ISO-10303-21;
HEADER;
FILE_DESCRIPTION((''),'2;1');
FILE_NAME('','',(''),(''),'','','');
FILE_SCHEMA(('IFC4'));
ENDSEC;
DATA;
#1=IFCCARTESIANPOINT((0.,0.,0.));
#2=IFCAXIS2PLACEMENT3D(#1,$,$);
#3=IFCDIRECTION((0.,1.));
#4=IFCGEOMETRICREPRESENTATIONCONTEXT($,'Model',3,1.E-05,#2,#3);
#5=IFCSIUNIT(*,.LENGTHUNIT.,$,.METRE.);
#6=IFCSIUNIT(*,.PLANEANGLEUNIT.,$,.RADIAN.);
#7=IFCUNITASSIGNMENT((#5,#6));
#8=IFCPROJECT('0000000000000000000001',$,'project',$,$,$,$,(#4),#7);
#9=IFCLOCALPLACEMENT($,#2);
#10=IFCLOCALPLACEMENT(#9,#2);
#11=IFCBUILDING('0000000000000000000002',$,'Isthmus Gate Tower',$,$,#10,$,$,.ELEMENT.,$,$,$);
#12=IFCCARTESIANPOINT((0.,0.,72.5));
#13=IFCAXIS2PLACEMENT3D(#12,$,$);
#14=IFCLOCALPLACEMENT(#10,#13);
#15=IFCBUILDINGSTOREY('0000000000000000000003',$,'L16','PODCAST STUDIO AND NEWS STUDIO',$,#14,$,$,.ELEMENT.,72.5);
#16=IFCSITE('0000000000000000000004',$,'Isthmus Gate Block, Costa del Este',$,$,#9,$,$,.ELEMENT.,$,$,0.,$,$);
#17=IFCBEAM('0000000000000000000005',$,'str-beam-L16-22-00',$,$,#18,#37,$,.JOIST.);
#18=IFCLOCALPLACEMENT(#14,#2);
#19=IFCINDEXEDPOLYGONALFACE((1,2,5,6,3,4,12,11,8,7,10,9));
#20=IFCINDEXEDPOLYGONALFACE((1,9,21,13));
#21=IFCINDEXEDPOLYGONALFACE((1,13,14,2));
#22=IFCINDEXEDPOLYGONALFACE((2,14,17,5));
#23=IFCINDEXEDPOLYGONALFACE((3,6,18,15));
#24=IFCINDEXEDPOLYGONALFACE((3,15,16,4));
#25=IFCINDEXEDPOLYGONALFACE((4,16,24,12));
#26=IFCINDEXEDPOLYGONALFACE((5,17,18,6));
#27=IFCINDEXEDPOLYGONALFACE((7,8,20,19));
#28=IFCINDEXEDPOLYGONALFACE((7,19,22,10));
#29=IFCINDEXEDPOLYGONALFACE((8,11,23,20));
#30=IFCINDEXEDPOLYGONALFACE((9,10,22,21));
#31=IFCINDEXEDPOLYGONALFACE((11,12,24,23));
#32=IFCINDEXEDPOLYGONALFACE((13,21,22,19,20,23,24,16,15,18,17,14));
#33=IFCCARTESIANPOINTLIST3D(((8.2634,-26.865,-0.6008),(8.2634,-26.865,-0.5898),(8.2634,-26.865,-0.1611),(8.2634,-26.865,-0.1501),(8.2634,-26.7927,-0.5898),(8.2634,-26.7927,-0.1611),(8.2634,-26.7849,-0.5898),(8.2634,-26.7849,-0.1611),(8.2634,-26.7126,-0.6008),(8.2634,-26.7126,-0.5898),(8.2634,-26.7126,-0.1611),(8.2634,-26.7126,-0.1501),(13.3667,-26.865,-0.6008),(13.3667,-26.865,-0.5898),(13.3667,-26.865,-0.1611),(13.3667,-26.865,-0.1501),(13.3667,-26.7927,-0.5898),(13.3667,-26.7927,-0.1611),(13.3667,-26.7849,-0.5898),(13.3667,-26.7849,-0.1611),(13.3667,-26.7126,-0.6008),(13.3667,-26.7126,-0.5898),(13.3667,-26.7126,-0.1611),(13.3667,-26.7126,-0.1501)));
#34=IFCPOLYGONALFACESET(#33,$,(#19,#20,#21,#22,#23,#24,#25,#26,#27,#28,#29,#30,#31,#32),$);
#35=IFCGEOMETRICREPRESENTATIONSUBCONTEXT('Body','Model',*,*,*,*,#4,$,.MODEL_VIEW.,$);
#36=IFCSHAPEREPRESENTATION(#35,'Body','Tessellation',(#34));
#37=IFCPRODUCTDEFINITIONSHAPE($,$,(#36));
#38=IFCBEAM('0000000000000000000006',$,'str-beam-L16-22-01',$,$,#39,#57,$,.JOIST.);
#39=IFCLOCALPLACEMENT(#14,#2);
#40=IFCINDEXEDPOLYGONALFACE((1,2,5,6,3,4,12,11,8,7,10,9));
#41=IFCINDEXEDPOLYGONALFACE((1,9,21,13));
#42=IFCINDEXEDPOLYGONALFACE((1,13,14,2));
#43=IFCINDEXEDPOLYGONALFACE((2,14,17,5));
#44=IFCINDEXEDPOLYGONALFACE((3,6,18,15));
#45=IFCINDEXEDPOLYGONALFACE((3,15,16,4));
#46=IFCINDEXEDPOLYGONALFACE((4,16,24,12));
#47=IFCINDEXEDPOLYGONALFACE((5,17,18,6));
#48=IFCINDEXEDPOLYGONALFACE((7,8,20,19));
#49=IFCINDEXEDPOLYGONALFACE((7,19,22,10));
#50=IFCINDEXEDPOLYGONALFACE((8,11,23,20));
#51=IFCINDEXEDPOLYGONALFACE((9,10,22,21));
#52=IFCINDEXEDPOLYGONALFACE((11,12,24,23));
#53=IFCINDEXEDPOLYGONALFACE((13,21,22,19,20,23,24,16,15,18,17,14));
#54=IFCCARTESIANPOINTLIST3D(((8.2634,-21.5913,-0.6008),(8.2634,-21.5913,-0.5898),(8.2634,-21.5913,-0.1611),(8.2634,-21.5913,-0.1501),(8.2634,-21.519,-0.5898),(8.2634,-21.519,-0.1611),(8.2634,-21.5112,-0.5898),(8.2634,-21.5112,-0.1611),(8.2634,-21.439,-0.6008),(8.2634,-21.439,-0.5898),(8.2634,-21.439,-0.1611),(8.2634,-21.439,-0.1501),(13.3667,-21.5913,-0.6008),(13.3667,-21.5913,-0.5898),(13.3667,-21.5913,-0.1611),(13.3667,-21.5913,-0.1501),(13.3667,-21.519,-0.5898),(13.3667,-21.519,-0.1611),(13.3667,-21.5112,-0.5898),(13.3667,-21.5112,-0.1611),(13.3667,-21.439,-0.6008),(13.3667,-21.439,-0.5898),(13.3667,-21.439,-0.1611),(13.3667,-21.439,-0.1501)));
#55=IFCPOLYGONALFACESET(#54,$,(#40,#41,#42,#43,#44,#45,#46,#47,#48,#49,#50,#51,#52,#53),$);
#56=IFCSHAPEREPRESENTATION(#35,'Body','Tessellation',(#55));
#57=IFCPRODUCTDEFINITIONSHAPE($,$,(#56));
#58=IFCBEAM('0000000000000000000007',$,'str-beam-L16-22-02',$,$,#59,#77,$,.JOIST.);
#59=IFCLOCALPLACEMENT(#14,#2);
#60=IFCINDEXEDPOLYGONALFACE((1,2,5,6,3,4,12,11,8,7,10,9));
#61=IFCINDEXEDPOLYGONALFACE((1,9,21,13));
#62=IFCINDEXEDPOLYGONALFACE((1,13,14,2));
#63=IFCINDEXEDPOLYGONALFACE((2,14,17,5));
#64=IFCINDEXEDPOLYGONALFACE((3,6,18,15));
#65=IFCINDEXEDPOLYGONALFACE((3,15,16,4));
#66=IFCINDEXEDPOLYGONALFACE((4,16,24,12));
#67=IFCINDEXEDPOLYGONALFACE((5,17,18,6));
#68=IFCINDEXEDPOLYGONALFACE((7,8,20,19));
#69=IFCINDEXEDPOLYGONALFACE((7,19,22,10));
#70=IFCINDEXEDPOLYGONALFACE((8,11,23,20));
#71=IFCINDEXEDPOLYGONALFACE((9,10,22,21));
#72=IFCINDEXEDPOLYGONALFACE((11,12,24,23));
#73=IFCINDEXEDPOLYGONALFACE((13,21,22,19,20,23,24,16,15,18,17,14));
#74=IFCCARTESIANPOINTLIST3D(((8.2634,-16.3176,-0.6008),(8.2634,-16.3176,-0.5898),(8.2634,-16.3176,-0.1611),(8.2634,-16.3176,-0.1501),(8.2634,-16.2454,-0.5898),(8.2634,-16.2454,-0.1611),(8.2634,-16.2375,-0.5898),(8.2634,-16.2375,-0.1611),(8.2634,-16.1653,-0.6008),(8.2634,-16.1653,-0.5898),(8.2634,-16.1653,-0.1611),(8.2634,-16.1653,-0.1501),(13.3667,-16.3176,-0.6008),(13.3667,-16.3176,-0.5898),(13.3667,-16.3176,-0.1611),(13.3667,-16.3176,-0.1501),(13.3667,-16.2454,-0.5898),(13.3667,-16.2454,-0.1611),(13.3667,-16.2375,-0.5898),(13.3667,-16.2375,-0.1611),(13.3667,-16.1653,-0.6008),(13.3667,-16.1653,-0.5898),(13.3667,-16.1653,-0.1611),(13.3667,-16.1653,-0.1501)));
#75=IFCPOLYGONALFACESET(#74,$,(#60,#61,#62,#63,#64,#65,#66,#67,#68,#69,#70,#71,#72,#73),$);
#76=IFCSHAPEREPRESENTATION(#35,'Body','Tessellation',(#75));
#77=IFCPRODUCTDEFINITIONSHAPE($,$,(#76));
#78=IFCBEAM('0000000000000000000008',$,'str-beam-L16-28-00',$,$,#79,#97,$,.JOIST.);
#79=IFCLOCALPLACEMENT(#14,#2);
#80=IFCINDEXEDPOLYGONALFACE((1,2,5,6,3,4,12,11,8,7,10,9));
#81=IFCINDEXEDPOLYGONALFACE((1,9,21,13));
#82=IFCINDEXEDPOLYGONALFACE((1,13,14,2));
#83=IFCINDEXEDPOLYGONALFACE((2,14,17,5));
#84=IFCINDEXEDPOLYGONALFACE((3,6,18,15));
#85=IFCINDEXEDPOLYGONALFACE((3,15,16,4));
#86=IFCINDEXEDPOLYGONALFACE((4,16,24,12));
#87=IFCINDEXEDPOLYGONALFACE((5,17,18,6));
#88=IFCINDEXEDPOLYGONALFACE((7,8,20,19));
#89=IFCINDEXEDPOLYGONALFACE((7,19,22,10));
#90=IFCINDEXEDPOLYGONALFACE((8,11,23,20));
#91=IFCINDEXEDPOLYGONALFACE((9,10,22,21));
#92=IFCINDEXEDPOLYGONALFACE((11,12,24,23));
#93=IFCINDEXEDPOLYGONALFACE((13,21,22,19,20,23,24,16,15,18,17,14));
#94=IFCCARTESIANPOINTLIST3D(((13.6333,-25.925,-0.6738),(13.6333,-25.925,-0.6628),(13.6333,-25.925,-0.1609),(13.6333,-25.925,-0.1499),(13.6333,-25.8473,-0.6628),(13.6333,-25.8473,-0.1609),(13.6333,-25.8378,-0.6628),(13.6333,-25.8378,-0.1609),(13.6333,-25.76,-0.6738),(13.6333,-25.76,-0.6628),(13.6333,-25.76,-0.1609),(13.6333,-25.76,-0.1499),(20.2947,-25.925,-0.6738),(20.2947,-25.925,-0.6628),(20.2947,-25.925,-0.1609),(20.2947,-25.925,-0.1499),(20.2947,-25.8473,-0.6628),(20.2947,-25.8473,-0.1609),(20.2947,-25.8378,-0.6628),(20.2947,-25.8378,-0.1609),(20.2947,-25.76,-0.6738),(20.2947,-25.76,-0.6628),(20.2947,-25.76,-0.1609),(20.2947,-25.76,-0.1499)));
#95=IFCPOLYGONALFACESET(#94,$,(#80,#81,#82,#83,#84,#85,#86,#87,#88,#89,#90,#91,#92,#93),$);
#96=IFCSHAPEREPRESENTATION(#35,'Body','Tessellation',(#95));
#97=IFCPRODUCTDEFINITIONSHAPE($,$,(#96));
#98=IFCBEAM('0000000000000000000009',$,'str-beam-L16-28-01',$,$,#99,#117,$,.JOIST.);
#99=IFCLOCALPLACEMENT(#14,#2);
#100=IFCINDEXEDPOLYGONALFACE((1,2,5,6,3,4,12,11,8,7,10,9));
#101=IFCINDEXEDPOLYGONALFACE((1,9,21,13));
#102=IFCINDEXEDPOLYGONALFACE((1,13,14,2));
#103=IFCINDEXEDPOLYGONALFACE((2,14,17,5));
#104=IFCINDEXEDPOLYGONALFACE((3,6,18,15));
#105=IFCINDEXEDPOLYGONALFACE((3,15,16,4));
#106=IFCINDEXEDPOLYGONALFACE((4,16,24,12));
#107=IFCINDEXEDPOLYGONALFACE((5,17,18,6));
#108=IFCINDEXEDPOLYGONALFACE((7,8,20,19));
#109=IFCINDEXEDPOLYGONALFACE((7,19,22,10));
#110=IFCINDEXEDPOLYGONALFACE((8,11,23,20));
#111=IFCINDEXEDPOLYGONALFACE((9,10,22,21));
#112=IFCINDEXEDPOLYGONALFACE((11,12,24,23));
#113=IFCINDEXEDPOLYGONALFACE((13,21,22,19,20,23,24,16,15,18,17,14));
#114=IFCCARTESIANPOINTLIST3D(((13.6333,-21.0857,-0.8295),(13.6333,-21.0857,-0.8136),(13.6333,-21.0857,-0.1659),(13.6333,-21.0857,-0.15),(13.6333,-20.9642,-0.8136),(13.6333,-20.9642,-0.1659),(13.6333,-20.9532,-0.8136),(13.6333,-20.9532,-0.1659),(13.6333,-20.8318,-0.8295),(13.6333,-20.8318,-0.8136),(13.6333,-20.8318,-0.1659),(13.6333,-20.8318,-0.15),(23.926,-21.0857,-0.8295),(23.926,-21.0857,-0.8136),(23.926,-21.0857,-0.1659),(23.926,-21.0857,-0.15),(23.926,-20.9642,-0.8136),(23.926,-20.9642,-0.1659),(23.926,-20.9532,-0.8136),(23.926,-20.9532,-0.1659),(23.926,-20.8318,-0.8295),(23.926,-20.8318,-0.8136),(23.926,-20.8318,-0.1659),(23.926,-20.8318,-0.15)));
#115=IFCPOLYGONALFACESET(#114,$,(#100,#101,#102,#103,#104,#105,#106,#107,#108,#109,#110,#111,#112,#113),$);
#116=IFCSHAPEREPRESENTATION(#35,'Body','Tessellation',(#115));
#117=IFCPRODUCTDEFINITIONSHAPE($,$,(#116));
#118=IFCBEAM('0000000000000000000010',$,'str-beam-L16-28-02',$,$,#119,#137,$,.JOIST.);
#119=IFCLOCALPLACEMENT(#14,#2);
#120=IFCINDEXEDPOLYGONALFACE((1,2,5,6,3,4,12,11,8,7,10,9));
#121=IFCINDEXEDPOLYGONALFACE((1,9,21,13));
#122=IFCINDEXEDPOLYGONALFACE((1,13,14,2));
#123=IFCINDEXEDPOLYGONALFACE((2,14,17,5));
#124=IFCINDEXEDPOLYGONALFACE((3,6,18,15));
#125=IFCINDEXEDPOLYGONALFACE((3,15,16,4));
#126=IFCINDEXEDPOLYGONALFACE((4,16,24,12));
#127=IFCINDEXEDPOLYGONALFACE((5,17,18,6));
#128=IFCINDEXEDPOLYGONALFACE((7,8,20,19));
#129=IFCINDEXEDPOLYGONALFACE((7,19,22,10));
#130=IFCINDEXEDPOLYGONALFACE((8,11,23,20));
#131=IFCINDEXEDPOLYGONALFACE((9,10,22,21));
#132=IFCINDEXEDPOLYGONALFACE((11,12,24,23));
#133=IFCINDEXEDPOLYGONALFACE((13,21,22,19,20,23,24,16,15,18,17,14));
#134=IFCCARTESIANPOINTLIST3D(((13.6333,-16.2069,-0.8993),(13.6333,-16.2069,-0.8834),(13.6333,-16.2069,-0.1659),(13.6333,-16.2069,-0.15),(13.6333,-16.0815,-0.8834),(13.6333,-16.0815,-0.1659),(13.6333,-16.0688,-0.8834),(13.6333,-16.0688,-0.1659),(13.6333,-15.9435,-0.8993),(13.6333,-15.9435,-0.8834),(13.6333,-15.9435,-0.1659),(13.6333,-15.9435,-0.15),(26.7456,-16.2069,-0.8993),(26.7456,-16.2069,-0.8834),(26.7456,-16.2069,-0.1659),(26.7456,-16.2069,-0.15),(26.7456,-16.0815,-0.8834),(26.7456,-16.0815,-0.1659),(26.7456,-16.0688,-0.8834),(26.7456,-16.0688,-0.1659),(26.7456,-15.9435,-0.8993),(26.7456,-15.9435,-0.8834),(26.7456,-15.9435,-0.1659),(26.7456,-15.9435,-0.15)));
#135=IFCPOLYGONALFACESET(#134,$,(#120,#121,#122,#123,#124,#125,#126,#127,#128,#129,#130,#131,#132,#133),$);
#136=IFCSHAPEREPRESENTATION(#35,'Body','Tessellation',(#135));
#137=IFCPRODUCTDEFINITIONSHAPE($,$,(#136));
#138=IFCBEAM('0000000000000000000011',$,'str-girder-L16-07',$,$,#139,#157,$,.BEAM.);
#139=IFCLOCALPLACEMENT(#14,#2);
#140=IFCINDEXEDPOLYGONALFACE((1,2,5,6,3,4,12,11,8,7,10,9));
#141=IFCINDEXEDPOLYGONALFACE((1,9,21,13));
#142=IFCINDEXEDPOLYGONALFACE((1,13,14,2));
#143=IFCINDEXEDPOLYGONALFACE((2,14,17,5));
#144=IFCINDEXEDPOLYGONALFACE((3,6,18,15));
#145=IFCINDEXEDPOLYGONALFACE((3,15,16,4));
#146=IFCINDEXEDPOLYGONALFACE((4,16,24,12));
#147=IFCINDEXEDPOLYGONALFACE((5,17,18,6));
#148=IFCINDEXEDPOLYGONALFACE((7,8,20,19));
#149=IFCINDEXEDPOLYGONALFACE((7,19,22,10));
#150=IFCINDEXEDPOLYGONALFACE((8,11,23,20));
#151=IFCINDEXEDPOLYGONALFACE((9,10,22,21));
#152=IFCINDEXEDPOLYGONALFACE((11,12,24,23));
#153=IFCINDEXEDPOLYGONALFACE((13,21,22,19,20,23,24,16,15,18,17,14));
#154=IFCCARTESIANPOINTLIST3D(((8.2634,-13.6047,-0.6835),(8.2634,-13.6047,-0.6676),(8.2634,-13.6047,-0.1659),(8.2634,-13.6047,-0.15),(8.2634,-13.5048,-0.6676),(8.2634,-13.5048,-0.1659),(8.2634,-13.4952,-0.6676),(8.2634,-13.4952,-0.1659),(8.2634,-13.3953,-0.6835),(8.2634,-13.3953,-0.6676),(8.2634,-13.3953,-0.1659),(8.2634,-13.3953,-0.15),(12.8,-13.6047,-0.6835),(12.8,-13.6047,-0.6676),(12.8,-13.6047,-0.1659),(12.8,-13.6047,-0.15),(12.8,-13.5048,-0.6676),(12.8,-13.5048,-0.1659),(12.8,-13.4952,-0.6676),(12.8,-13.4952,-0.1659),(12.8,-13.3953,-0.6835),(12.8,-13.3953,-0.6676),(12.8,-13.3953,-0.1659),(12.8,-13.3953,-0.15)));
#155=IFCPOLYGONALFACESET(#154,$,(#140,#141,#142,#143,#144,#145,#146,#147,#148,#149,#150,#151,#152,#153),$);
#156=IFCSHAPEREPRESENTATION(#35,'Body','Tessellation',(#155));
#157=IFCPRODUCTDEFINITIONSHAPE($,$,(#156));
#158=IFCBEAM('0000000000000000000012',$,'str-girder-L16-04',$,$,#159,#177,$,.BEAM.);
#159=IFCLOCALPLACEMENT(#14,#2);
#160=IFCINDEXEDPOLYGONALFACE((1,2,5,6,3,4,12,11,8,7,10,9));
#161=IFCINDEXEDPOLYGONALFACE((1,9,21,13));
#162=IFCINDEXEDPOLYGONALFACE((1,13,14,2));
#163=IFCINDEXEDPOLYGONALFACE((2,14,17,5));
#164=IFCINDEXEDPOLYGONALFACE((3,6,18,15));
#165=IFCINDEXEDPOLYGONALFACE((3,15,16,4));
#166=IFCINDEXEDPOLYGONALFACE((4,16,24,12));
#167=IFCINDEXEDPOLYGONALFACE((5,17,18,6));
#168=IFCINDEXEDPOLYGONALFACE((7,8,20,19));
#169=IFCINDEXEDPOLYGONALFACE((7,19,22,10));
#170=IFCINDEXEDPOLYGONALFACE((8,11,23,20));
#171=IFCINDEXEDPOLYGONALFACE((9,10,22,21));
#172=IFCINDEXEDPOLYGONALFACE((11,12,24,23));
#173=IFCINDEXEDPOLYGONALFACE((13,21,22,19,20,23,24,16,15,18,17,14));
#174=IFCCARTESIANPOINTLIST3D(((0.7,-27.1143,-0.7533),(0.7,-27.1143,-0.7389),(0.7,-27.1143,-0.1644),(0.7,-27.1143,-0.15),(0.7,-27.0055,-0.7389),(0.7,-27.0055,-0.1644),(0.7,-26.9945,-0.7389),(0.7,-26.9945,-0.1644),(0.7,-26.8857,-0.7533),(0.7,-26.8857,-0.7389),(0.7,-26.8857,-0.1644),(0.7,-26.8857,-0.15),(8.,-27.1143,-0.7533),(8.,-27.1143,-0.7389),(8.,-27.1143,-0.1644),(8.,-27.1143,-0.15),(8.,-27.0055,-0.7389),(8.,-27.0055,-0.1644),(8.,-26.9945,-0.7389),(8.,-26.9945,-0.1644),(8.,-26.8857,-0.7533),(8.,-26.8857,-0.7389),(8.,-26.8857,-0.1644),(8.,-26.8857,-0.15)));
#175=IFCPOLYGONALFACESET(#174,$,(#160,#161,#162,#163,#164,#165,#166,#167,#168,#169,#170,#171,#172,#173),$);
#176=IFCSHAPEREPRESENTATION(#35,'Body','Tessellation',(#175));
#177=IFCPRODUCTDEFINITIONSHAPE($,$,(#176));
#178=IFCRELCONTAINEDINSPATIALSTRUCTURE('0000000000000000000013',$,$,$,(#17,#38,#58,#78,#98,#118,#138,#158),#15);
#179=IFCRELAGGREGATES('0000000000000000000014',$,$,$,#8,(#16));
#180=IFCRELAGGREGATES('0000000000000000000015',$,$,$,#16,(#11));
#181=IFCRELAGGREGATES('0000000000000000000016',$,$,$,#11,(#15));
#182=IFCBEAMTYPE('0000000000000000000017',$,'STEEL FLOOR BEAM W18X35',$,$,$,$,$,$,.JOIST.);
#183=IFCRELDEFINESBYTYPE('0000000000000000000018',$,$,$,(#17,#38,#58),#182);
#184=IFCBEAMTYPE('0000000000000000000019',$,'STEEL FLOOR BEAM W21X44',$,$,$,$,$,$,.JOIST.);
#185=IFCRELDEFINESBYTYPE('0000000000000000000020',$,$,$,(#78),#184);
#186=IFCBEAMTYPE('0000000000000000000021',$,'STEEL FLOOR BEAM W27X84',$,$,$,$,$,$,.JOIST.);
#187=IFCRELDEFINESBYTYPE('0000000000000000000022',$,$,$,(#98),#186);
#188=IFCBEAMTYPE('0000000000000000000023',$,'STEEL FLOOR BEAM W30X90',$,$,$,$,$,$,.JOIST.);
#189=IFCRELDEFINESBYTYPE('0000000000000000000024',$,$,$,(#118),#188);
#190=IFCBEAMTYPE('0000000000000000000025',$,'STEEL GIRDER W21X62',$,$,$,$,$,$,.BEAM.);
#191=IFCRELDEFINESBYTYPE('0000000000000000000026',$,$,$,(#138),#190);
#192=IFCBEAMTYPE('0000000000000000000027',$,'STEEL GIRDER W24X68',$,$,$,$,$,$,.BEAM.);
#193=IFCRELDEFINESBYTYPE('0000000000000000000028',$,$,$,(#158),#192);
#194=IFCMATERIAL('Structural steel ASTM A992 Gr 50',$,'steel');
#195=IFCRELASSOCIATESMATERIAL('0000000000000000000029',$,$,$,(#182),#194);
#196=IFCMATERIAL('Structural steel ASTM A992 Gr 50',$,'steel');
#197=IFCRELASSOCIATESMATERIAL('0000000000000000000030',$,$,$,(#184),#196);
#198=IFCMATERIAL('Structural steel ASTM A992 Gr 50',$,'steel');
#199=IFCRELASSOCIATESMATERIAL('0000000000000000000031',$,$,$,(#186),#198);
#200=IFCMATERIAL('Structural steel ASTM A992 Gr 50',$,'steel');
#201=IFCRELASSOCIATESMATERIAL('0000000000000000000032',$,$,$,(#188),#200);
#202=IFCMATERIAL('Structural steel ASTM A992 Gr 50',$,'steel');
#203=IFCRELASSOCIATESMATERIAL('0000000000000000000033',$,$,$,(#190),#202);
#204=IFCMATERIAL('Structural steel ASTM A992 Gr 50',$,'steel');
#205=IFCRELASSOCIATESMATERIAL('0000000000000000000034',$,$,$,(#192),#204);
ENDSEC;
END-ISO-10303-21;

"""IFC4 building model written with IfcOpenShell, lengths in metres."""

from ifc_helpers import new_model, si_unit, direction, frame, origin, origin_2d, place, context, subcontext, project, spatial, i_section, extrude, material, material_profile, profile_set, type_object, element, save


model = new_model("IFC4")

# Units and contexts
model_context = context("Model", 3, precision=1e-05, world=origin(), true_north=direction((0.0, 1.0)))
body_context = subcontext(model_context, "Body", "Model", "MODEL_VIEW")
ifc_project = project(units=[si_unit("LENGTHUNIT", "METRE"), si_unit("PLANEANGLEUNIT", "RADIAN")], contexts=[model_context])

# Site, building, storey
site_placement = place(None, origin())
site = spatial("IfcSite", under=ifc_project, at=site_placement, Name="Isthmus Gate Block, Costa del Este", CompositionType="ELEMENT", RefElevation=0.0)
building_placement = place(site_placement, origin())
building = spatial("IfcBuilding", under=site, at=building_placement, Name="Isthmus Gate Tower", CompositionType="ELEMENT")
storey_placement = place(building_placement, frame((0.0, 0.0, 72.5)))
storey = spatial("IfcBuildingStorey", under=building, at=storey_placement, Name="L16", Description="PODCAST STUDIO AND NEWS STUDIO", CompositionType="ELEMENT", Elevation=72.5)

# Beams
ifc_material_1 = material(Name="Structural steel ASTM A992 Gr 50", Category="steel")
ifc_material_profile_1 = material_profile(ifc_material_1, i_section(OverallWidth=0.1523, OverallDepth=0.4507, WebThickness=0.0078, FlangeThickness=0.011, at=origin_2d()), Name="W18X35")
ifc_profile_set_1 = profile_set([ifc_material_profile_1], Name="Structural steel ASTM A992 Gr 50")
beam_type_1 = type_object("IfcBeamType", Name="STEEL FLOOR BEAM W18X35", PredefinedType="JOIST", material=ifc_profile_set_1)
for number, where, z_axis, x_axis, name in (
    (1, (8.2634, -26.7888, -0.3755), (1.0, 0.0, 0.0), (0.0, 1.0, 0.0), "str-beam-L16-22-00"),
    (2, (8.2634, -21.5151, -0.3755), (1.0, 0.0, 0.0), (0.0, 1.0, 0.0), "str-beam-L16-22-01"),
    (3, (8.2634, -16.2415, -0.3755), (1.0, 0.0, 0.0), (0.0, 1.0, 0.0), "str-beam-L16-22-02"),
):
    element("IfcBeam", number, at=place(storey_placement, frame(where, z_axis=z_axis, x_axis=x_axis)), inside=storey, type_object=beam_type_1, Name=name, PredefinedType="JOIST", context=body_context, shape_type="SweptSolid", body=[
        extrude(i_section(OverallWidth=0.1523, OverallDepth=0.4507, WebThickness=0.0078, FlangeThickness=0.011, at=origin_2d()), origin(), (0.0, 0.0, 1.0), 5.1033),
    ])
ifc_material_2 = material(Name="Structural steel ASTM A992 Gr 50", Category="steel")
ifc_material_profile_2 = material_profile(ifc_material_2, i_section(OverallWidth=0.165, OverallDepth=0.5239, WebThickness=0.0095, FlangeThickness=0.011, at=origin_2d()), Name="W21X44")
ifc_profile_set_2 = profile_set([ifc_material_profile_2], Name="Structural steel ASTM A992 Gr 50")
beam_type_2 = type_object("IfcBeamType", Name="STEEL FLOOR BEAM W21X44", PredefinedType="JOIST", material=ifc_profile_set_2)
beam_1_placement = place(storey_placement, frame((13.6333, -25.8425, -0.4119), z_axis=(1.0, 0.0, 0.0), x_axis=(0.0, 1.0, 0.0)))
element("IfcBeam", 4, at=beam_1_placement, inside=storey, type_object=beam_type_2, Name="str-beam-L16-28-00", PredefinedType="JOIST", context=body_context, shape_type="SweptSolid", body=[
    extrude(i_section(OverallWidth=0.165, OverallDepth=0.5239, WebThickness=0.0095, FlangeThickness=0.011, at=origin_2d()), origin(), (0.0, 0.0, 1.0), 6.6614),
])
ifc_material_3 = material(Name="Structural steel ASTM A992 Gr 50", Category="steel")
ifc_material_profile_3 = material_profile(ifc_material_3, i_section(OverallWidth=0.2539, OverallDepth=0.6794, WebThickness=0.011, FlangeThickness=0.0159, at=origin_2d()), Name="W27X84")
ifc_profile_set_3 = profile_set([ifc_material_profile_3], Name="Structural steel ASTM A992 Gr 50")
beam_type_3 = type_object("IfcBeamType", Name="STEEL FLOOR BEAM W27X84", PredefinedType="JOIST", material=ifc_profile_set_3)
beam_2_placement = place(storey_placement, frame((13.6333, -20.9587, -0.4897), z_axis=(1.0, 0.0, 0.0), x_axis=(0.0, 1.0, 0.0)))
element("IfcBeam", 5, at=beam_2_placement, inside=storey, type_object=beam_type_3, Name="str-beam-L16-28-01", PredefinedType="JOIST", context=body_context, shape_type="SweptSolid", body=[
    extrude(i_section(OverallWidth=0.2539, OverallDepth=0.6794, WebThickness=0.011, FlangeThickness=0.0159, at=origin_2d()), origin(), (0.0, 0.0, 1.0), 10.2927),
])
ifc_material_4 = material(Name="Structural steel ASTM A992 Gr 50", Category="steel")
ifc_material_profile_4 = material_profile(ifc_material_4, i_section(OverallWidth=0.2634, OverallDepth=0.7493, WebThickness=0.0127, FlangeThickness=0.0159, at=origin_2d()), Name="W30X90")
ifc_profile_set_4 = profile_set([ifc_material_profile_4], Name="Structural steel ASTM A992 Gr 50")
beam_type_4 = type_object("IfcBeamType", Name="STEEL FLOOR BEAM W30X90", PredefinedType="JOIST", material=ifc_profile_set_4)
beam_3_placement = place(storey_placement, frame((13.6333, -16.0752, -0.5247), z_axis=(1.0, 0.0, 0.0), x_axis=(0.0, 1.0, 0.0)))
element("IfcBeam", 6, at=beam_3_placement, inside=storey, type_object=beam_type_4, Name="str-beam-L16-28-02", PredefinedType="JOIST", context=body_context, shape_type="SweptSolid", body=[
    extrude(i_section(OverallWidth=0.2634, OverallDepth=0.7493, WebThickness=0.0127, FlangeThickness=0.0159, at=origin_2d()), origin(), (0.0, 0.0, 1.0), 13.1123),
])
ifc_material_5 = material(Name="Structural steel ASTM A992 Gr 50", Category="steel")
ifc_material_profile_5 = material_profile(ifc_material_5, i_section(OverallWidth=0.2095, OverallDepth=0.5334, WebThickness=0.0095, FlangeThickness=0.0159, at=origin_2d()), Name="W21X62")
ifc_profile_set_5 = profile_set([ifc_material_profile_5], Name="Structural steel ASTM A992 Gr 50")
beam_type_5 = type_object("IfcBeamType", Name="STEEL GIRDER W21X62", PredefinedType="BEAM", material=ifc_profile_set_5)
beam_4_placement = place(storey_placement, frame((8.2634, -13.5, -0.4167), z_axis=(1.0, 0.0, 0.0), x_axis=(0.0, 1.0, 0.0)))
element("IfcBeam", 7, at=beam_4_placement, inside=storey, type_object=beam_type_5, Name="str-girder-L16-07", PredefinedType="BEAM", context=body_context, shape_type="SweptSolid", body=[
    extrude(i_section(OverallWidth=0.2095, OverallDepth=0.5334, WebThickness=0.0095, FlangeThickness=0.0159, at=origin_2d()), origin(), (0.0, 0.0, 1.0), 4.5366),
])
ifc_material_6 = material(Name="Structural steel ASTM A992 Gr 50", Category="steel")
ifc_material_profile_6 = material_profile(ifc_material_6, i_section(OverallWidth=0.2285, OverallDepth=0.6033, WebThickness=0.011, FlangeThickness=0.0144, at=origin_2d()), Name="W24X68")
ifc_profile_set_6 = profile_set([ifc_material_profile_6], Name="Structural steel ASTM A992 Gr 50")
beam_type_6 = type_object("IfcBeamType", Name="STEEL GIRDER W24X68", PredefinedType="BEAM", material=ifc_profile_set_6)
beam_5_placement = place(storey_placement, frame((0.7, -27.0, -0.4517), z_axis=(1.0, 0.0, 0.0), x_axis=(0.0, 1.0, 0.0)))
element("IfcBeam", 8, at=beam_5_placement, inside=storey, type_object=beam_type_6, Name="str-girder-L16-04", PredefinedType="BEAM", context=body_context, shape_type="SweptSolid", body=[
    extrude(i_section(OverallWidth=0.2285, OverallDepth=0.6033, WebThickness=0.011, FlangeThickness=0.0144, at=origin_2d()), origin(), (0.0, 0.0, 1.0), 7.3),
])

save(model, "model.ifc")
